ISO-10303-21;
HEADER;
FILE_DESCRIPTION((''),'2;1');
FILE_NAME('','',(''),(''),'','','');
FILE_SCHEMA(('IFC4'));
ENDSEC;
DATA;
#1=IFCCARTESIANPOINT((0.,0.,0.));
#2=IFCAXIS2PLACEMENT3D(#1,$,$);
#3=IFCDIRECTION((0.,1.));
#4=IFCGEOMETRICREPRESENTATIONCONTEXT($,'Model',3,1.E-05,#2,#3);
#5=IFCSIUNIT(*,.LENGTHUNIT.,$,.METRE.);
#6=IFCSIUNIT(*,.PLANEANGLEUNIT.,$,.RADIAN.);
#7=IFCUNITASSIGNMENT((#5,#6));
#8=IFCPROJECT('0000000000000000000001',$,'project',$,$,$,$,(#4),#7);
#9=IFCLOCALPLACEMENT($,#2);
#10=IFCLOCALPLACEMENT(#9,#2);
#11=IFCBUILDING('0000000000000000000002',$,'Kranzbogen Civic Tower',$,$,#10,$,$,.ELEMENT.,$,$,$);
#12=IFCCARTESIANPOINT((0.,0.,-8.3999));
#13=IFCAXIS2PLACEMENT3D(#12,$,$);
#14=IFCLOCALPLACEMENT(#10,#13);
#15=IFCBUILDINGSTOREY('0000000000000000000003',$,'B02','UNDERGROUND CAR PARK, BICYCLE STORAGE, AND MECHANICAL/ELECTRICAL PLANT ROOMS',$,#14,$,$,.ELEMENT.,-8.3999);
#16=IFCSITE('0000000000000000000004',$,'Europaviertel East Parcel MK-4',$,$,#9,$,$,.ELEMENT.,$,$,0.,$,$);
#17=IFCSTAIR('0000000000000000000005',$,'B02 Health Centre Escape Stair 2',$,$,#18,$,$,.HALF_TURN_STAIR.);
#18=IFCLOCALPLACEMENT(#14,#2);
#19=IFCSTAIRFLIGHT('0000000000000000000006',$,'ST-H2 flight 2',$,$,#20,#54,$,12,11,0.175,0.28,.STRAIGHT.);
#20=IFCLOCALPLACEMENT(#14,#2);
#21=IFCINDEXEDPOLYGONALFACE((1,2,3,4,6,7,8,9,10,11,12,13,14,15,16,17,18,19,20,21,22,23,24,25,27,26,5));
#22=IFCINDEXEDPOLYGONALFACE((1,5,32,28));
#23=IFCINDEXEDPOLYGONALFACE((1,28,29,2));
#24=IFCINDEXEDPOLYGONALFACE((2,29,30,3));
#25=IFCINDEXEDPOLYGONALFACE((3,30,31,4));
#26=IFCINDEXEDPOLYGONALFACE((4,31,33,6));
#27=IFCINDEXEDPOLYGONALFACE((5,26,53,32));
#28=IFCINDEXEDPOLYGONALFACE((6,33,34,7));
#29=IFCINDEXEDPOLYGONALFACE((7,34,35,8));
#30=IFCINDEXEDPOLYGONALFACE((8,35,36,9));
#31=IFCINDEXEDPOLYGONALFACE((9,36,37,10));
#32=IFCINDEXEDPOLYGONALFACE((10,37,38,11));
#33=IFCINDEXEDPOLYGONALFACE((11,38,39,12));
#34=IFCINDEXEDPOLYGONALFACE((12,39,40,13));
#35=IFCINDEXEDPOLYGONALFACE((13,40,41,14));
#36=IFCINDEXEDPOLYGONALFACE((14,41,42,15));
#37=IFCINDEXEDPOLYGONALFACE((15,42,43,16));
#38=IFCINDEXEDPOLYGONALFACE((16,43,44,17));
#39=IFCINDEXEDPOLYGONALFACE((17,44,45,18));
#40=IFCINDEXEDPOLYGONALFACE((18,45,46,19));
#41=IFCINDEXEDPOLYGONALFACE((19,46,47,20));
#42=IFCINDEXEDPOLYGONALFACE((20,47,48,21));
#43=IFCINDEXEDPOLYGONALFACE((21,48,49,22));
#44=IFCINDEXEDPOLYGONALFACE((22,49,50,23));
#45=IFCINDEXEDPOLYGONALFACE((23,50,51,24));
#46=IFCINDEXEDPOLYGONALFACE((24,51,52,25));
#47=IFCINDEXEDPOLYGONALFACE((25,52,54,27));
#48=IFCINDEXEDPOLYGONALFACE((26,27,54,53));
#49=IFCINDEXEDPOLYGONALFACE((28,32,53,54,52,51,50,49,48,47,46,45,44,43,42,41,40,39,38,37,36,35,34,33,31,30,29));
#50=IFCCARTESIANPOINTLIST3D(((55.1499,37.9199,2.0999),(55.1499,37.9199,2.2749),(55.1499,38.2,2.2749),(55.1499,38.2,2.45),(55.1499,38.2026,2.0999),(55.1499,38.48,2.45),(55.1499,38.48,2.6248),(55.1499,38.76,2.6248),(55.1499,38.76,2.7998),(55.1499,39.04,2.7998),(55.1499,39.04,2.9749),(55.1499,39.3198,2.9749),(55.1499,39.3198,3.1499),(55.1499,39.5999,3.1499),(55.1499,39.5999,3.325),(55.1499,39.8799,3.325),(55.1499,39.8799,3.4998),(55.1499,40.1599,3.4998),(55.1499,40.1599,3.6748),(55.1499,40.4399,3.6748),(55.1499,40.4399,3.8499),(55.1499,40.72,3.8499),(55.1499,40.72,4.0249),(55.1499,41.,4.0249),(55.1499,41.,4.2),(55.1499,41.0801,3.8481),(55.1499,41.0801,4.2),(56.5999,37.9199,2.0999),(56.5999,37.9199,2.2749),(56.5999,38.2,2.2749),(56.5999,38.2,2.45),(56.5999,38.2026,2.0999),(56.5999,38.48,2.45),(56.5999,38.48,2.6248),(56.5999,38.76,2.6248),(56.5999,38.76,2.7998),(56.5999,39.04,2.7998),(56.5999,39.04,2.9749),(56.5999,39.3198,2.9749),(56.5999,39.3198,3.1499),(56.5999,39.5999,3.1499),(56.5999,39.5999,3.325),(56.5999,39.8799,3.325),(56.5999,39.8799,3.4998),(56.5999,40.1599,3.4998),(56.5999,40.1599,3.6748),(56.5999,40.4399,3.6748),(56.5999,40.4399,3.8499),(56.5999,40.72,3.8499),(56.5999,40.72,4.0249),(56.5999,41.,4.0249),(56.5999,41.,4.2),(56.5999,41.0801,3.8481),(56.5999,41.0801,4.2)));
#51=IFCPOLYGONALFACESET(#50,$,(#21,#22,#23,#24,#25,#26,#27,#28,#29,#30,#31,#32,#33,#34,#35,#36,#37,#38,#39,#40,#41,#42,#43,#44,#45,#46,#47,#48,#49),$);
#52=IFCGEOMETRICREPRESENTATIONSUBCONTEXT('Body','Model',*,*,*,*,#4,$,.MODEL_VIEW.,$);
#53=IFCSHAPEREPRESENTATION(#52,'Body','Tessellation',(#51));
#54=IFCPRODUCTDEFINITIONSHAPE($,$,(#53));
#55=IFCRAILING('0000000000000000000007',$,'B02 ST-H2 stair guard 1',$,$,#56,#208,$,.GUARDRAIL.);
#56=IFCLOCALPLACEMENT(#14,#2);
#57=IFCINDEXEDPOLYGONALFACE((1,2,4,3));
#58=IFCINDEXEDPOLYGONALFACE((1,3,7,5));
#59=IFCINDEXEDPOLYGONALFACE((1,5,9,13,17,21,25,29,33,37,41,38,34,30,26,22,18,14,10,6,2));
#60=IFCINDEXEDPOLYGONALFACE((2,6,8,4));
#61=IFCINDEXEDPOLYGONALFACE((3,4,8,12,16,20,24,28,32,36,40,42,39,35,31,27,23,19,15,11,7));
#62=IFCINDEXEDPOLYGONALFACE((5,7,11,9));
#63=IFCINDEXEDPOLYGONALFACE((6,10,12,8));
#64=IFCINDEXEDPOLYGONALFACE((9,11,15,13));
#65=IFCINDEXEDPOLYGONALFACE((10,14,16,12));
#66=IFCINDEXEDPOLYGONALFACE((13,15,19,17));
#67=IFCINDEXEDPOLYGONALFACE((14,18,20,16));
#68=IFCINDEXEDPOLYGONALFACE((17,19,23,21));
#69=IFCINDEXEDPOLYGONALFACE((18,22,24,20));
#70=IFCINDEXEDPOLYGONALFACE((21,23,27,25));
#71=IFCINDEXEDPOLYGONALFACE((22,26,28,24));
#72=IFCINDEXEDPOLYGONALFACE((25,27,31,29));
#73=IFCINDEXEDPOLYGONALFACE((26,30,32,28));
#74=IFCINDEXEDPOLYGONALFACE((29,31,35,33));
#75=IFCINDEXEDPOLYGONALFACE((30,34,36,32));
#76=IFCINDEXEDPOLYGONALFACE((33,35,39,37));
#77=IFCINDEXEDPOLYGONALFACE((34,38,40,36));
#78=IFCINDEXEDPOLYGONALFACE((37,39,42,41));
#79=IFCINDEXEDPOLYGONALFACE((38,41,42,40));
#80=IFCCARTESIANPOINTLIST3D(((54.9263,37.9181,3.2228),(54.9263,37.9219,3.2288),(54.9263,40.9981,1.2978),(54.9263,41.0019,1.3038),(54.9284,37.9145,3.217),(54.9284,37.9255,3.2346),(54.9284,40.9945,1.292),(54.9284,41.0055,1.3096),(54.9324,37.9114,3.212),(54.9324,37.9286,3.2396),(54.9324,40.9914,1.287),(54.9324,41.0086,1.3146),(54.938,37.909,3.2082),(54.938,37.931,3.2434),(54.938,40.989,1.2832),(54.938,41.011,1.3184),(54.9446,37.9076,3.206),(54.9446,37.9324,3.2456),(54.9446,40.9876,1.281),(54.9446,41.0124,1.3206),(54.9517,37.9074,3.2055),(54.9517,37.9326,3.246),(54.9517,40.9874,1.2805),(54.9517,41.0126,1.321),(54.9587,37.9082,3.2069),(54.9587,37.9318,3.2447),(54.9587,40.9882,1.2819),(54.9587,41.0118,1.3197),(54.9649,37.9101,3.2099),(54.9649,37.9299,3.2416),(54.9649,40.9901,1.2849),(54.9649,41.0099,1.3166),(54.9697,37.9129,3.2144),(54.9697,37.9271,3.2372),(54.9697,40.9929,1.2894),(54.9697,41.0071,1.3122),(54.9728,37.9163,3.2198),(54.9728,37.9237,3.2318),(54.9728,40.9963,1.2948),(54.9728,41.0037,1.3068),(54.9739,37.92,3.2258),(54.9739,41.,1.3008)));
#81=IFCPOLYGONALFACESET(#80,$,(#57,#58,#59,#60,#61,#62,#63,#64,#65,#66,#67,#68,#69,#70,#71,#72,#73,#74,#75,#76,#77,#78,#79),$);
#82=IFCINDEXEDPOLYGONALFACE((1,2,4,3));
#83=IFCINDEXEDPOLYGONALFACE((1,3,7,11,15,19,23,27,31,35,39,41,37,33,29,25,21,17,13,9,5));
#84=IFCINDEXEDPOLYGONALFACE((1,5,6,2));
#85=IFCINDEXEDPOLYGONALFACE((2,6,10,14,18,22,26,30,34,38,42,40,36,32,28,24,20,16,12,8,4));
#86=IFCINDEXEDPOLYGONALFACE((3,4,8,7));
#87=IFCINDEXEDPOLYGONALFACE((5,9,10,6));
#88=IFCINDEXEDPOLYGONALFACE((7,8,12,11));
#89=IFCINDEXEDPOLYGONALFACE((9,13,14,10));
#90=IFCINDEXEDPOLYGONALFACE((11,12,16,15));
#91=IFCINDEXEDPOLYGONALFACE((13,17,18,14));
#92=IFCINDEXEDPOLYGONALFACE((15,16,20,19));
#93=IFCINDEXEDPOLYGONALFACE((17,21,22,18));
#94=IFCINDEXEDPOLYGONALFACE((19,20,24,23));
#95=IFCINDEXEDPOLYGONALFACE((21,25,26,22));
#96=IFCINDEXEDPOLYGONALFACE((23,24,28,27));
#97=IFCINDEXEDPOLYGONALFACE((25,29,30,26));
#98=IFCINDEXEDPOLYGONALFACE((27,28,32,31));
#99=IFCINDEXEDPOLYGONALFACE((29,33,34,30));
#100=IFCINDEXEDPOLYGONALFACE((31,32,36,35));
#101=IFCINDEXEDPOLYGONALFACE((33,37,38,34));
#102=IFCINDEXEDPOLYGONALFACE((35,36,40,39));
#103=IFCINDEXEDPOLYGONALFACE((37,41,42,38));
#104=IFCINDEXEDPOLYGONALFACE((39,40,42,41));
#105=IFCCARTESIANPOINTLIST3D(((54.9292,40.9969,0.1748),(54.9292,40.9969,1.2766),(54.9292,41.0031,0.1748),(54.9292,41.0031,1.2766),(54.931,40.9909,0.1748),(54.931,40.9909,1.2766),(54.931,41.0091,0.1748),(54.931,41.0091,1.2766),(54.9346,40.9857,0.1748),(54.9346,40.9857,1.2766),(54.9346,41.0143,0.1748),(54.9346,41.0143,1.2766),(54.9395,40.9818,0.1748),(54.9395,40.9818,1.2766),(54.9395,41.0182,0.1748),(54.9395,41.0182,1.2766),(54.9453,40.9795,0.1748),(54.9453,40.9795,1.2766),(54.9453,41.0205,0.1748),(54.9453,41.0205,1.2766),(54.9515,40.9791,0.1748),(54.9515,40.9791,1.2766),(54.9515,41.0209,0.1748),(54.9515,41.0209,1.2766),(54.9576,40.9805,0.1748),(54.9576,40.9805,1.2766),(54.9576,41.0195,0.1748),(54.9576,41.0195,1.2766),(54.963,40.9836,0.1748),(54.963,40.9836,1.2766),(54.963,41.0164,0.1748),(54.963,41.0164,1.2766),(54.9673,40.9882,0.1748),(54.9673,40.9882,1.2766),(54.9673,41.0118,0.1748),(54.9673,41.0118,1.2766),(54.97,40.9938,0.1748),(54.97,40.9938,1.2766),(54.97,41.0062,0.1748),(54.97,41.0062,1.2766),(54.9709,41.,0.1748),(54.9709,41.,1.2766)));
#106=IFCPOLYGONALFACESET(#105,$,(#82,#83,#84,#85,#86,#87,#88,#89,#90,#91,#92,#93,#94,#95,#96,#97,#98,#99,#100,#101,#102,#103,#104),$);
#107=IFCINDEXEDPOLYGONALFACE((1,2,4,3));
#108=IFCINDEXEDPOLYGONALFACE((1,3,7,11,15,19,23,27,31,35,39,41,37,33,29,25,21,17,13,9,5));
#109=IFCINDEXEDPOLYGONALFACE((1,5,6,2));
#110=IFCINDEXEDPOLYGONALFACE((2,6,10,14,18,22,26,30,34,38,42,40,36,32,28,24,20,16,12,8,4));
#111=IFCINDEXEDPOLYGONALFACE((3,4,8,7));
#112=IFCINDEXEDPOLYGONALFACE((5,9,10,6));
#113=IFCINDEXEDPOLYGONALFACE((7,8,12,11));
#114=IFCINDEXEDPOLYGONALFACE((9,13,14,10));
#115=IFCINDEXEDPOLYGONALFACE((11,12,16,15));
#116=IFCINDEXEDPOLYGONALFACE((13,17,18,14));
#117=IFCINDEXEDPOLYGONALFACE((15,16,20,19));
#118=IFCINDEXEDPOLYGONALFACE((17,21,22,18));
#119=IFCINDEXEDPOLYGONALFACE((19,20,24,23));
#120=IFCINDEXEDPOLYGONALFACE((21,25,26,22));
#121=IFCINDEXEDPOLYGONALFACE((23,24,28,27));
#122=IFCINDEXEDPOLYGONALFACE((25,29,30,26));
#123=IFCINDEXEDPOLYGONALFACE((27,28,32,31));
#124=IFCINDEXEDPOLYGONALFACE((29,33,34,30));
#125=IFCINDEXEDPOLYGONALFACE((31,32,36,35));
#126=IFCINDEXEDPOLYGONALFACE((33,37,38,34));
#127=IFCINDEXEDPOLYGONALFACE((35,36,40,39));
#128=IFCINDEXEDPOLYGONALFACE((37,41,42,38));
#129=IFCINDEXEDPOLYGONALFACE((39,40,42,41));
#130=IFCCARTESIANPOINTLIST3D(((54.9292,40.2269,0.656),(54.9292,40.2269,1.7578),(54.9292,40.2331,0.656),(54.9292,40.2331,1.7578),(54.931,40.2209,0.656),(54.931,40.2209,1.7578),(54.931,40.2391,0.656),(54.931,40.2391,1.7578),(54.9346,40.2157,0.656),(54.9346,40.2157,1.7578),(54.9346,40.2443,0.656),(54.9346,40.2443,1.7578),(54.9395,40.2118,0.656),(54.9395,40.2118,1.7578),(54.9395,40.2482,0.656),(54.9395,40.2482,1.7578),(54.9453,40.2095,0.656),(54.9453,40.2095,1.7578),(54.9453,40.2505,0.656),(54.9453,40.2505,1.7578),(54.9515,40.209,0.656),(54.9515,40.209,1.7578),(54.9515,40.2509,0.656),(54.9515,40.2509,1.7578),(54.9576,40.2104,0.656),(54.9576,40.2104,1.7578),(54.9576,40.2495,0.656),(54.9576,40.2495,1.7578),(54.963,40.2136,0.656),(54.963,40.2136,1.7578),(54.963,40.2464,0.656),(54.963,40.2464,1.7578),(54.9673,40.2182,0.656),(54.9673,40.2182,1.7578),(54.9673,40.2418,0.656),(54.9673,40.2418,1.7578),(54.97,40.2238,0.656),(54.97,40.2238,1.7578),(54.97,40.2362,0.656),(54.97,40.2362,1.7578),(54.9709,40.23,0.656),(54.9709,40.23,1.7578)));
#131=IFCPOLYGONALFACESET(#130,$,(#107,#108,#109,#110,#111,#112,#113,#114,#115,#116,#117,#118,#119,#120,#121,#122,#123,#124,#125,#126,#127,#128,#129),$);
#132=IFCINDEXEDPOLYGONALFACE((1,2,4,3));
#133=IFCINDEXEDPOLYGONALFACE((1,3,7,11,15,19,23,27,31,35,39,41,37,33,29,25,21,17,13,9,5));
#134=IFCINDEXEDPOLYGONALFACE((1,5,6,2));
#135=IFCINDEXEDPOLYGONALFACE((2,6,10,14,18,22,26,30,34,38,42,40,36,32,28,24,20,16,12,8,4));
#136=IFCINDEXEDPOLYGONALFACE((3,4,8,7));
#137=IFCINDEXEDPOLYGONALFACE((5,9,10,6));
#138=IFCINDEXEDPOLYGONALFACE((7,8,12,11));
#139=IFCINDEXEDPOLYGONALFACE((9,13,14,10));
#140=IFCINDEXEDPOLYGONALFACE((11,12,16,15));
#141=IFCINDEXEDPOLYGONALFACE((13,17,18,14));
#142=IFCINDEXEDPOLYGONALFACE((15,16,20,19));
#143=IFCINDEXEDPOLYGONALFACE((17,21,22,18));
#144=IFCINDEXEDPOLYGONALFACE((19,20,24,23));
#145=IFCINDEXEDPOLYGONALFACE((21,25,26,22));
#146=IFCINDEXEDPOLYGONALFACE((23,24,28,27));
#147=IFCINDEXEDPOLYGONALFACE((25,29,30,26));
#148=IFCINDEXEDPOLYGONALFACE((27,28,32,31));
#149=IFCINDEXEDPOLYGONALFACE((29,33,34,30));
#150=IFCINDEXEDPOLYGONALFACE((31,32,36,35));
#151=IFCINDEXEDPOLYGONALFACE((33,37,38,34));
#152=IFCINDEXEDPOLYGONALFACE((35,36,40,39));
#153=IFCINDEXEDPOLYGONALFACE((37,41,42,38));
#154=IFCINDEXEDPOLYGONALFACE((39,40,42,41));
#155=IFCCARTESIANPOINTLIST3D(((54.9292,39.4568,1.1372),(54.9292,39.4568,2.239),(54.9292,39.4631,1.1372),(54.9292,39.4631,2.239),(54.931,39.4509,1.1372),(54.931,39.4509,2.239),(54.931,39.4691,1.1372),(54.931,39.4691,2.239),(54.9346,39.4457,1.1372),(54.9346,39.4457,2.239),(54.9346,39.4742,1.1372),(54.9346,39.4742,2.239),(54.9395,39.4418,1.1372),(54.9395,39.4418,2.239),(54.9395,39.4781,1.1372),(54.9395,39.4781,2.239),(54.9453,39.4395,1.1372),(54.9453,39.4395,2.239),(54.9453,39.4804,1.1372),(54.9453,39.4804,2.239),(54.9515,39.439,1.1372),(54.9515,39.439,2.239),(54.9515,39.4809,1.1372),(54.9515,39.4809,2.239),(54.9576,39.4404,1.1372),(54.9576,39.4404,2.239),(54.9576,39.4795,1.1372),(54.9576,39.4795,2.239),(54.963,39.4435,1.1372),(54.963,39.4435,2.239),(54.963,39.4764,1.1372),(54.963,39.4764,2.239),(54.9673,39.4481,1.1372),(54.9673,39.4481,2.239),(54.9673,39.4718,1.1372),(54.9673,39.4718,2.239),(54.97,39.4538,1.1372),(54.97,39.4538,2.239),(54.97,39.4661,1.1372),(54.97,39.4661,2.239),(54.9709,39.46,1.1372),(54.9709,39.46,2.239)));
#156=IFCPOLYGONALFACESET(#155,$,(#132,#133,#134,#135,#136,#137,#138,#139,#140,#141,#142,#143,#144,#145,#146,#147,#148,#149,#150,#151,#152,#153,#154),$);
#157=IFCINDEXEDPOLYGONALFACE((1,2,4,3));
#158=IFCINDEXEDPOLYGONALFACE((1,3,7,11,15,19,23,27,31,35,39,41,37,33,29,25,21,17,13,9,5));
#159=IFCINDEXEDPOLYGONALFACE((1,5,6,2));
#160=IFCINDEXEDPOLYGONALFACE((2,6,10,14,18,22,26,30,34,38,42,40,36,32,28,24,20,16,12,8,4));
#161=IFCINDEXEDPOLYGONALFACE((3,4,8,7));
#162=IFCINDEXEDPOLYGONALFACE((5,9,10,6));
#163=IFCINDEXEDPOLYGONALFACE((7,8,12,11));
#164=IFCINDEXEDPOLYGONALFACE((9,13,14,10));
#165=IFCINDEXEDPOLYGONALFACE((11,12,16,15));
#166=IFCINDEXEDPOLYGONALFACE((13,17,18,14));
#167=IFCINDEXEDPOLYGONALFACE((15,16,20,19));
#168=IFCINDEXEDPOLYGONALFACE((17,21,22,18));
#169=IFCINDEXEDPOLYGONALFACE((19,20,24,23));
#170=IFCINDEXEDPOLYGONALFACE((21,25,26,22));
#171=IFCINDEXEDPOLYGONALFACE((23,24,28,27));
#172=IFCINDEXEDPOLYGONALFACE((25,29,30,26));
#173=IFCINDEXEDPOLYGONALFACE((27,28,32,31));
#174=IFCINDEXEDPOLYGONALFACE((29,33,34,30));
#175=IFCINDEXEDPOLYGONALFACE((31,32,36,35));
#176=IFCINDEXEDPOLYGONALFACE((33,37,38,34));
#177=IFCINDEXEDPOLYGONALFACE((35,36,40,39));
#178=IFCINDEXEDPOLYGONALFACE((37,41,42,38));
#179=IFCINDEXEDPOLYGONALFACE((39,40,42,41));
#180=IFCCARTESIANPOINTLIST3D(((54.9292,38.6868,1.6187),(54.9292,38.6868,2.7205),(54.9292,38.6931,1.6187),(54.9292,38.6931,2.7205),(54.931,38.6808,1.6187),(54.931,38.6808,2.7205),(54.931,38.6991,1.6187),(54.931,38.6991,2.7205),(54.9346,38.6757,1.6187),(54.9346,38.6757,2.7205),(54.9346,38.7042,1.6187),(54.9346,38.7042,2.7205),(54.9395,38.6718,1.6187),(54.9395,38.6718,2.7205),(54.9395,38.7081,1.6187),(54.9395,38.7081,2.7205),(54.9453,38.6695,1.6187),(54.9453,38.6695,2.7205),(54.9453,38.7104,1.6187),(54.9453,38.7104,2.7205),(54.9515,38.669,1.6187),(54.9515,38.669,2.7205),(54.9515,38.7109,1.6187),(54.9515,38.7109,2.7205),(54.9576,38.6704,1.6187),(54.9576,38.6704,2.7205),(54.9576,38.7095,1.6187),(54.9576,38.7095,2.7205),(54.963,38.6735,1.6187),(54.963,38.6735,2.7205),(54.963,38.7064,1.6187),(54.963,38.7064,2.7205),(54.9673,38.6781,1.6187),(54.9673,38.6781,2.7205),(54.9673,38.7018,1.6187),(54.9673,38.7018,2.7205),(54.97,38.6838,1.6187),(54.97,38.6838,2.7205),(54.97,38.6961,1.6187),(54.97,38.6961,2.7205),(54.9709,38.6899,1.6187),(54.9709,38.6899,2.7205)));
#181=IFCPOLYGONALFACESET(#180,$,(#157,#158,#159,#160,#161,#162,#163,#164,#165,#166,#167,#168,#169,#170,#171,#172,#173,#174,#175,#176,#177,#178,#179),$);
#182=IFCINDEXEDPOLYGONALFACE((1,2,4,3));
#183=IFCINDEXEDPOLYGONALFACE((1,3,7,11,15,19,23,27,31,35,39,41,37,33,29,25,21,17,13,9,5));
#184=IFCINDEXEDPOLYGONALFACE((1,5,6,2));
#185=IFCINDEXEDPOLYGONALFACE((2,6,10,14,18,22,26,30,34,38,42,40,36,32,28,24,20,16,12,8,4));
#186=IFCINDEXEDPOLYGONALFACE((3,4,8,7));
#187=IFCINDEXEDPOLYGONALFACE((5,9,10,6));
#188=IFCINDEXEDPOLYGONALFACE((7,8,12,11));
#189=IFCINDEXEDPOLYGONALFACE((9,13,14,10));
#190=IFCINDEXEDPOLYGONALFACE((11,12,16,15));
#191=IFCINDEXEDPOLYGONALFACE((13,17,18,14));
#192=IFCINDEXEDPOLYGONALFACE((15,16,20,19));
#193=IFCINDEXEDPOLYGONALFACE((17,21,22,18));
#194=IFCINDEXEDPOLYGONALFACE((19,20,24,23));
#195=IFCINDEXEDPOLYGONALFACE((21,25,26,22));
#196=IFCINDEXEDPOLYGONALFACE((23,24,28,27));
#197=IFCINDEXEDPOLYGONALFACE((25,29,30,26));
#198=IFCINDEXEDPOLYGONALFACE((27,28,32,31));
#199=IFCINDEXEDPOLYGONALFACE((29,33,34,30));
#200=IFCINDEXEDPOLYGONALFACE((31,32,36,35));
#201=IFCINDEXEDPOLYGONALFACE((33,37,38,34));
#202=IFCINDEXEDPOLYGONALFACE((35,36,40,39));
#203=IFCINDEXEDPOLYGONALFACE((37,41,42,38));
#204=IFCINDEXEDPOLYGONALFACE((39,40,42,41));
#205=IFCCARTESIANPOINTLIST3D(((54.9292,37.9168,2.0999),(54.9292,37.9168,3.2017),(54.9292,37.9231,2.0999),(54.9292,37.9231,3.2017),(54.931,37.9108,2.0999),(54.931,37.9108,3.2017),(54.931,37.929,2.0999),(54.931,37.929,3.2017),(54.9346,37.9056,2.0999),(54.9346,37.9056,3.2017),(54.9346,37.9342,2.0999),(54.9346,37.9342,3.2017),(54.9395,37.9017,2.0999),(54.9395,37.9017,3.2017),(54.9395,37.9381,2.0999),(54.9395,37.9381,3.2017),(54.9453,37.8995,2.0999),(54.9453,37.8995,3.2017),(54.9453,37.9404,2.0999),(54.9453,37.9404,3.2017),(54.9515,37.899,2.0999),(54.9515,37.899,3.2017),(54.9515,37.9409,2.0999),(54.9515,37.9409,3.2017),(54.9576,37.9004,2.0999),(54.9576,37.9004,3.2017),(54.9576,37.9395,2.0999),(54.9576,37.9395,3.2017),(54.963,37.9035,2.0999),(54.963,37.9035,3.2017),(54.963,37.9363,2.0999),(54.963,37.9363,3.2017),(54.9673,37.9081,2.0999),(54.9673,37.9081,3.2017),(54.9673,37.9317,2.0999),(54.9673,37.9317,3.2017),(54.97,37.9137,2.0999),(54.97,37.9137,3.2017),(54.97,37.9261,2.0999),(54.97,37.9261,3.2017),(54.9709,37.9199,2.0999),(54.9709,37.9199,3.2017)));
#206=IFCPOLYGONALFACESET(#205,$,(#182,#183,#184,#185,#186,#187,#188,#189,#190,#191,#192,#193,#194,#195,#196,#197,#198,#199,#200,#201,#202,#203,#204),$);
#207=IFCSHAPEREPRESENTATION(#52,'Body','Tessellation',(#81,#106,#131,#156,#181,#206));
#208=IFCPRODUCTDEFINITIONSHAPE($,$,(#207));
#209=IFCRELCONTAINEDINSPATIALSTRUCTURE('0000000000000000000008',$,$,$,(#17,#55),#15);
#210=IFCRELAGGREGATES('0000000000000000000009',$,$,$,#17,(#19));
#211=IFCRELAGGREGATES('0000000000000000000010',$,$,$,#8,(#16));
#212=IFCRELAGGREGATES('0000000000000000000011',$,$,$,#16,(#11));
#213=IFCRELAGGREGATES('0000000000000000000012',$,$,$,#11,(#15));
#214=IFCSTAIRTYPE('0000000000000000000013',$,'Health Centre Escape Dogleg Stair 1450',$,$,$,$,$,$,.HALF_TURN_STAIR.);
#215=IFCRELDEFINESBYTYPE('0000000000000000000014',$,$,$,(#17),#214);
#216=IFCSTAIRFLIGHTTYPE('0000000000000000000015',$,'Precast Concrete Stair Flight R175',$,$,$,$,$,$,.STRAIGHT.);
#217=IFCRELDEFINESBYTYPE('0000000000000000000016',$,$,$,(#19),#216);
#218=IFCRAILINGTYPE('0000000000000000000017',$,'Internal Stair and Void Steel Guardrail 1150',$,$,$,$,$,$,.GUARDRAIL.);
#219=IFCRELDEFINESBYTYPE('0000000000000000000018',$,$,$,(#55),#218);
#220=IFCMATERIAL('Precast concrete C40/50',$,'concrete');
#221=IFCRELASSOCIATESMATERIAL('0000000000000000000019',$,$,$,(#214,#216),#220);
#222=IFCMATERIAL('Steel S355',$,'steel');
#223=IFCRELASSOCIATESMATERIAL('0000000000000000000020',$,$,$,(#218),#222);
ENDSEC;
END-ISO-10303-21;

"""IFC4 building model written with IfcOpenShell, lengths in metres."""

from ifc_helpers import new_model, si_unit, direction, frame, origin, origin_2d, place, context, subcontext, project, spatial, polyline, circle, outline, extrude, material, type_object, element, aggregate, save


model = new_model("IFC4")

# Units and contexts
model_context = context("Model", 3, precision=1e-05, world=origin(), true_north=direction((0.0, 1.0)))
body_context = subcontext(model_context, "Body", "Model", "MODEL_VIEW")
ifc_project = project(units=[si_unit("LENGTHUNIT", "METRE"), si_unit("PLANEANGLEUNIT", "RADIAN")], contexts=[model_context])

# Site, building, storey
site_placement = place(None, origin())
site = spatial("IfcSite", under=ifc_project, at=site_placement, Name="Europaviertel East Parcel MK-4", CompositionType="ELEMENT", RefElevation=0.0)
building_placement = place(site_placement, origin())
building = spatial("IfcBuilding", under=site, at=building_placement, Name="Kranzbogen Civic Tower", CompositionType="ELEMENT")
storey_placement = place(building_placement, frame((0.0, 0.0, -8.3999)))
storey = spatial("IfcBuildingStorey", under=building, at=storey_placement, Name="B02", Description="UNDERGROUND CAR PARK, BICYCLE STORAGE, AND MECHANICAL/ELECTRICAL PLANT ROOMS", CompositionType="ELEMENT", Elevation=-8.3999)

# Shared definitions
ifc_material_1 = material(Name="Steel S355", Category="steel")

# Stair, stair flight
ifc_material_2 = material(Name="Precast concrete C40/50", Category="concrete")
stair_type = type_object("IfcStairType", Name="Health Centre Escape Dogleg Stair 1450", PredefinedType="HALF_TURN_STAIR", material=ifc_material_2)
stair_placement = place(storey_placement, origin())
stair = element("IfcStair", 1, at=stair_placement, inside=storey, type_object=stair_type, Name="B02 Health Centre Escape Stair 2", PredefinedType="HALF_TURN_STAIR")
stair_flight_type = type_object("IfcStairFlightType", Name="Precast Concrete Stair Flight R175", PredefinedType="STRAIGHT", material=ifc_material_2)
stair_flight_1_placement = place(storey_placement, frame((55.875, 37.9199, 2.0999), z_axis=(0.0, 0.0, 1.0), x_axis=(0.0, 1.0, 0.0)))
stair_flight_1 = element("IfcStairFlight", 2, at=stair_flight_1_placement, type_object=stair_flight_type, Name="ST-H2 flight 2", NumberOfRisers=12, NumberOfTreads=11, PredefinedType="STRAIGHT", RiserHeight=0.175, TreadLength=0.28, context=body_context, shape_type="SweptSolid", body=[
    extrude(outline(polyline([(0.0, 0.0), (0.0, 0.175), (0.28, 0.175), (0.28, 0.3501), (0.5601, 0.3501), (0.5601, 0.5249), (0.8401, 0.5249), (0.8401, 0.7), (1.1201, 0.7), (1.1201, 0.875), (1.3999, 0.875), (1.3999, 1.05), (1.6799, 1.05), (1.6799, 1.2251), (1.96, 1.2251), (1.96, 1.3999), (2.24, 1.3999), (2.24, 1.575), (2.52, 1.575), (2.52, 1.75), (2.8, 1.75), (2.8, 1.925), (3.0801, 1.925), (3.0801, 2.1001), (3.1602, 2.1001), (3.1602, 1.7483), (0.2827, 0.0), (0.0, 0.0)])), frame((0.0, 0.7251, 0.0), z_axis=(0.0, -1.0, 0.0), x_axis=(1.0, 0.0, 0.0)), (0.0, 0.0, 1.0), 1.45),
])
aggregate(stair, [stair_flight_1])

# Railing
railing_type_1 = type_object("IfcRailingType", Name="Internal Stair and Void Steel Guardrail 1150", PredefinedType="GUARDRAIL", material=ifc_material_1)
railing_1_placement = place(storey_placement, frame((54.95, 41.0, 0.1748)))
element("IfcRailing", 3, at=railing_1_placement, inside=storey, type_object=railing_type_1, Name="B02 ST-H2 stair guard 1", PredefinedType="GUARDRAIL", context=body_context, shape_type="SweptSolid", body=[
    extrude(circle(Radius=0.0239, at=origin_2d()), frame((0.0, 0.0, 1.126), z_axis=(0.0, -0.847998, 0.529999), x_axis=(1.0, 0.0, 0.0)), (0.0, 0.0, 1.0), 3.6321),
    extrude(circle(Radius=0.021, at=origin_2d()), origin(), (0.0, 0.0, 1.0), 1.1018),
    extrude(circle(Radius=0.021, at=origin_2d()), frame((0.0, -0.77, 0.4812)), (0.0, 0.0, 1.0), 1.1018),
    extrude(circle(Radius=0.021, at=origin_2d()), frame((0.0, -1.54, 0.9624)), (0.0, 0.0, 1.0), 1.1018),
    extrude(circle(Radius=0.021, at=origin_2d()), frame((0.0, -2.3101, 1.4438)), (0.0, 0.0, 1.0), 1.1018),
    extrude(circle(Radius=0.021, at=origin_2d()), frame((0.0, -3.0801, 1.925)), (0.0, 0.0, 1.0), 1.1018),
])

save(model, "model.ifc")
